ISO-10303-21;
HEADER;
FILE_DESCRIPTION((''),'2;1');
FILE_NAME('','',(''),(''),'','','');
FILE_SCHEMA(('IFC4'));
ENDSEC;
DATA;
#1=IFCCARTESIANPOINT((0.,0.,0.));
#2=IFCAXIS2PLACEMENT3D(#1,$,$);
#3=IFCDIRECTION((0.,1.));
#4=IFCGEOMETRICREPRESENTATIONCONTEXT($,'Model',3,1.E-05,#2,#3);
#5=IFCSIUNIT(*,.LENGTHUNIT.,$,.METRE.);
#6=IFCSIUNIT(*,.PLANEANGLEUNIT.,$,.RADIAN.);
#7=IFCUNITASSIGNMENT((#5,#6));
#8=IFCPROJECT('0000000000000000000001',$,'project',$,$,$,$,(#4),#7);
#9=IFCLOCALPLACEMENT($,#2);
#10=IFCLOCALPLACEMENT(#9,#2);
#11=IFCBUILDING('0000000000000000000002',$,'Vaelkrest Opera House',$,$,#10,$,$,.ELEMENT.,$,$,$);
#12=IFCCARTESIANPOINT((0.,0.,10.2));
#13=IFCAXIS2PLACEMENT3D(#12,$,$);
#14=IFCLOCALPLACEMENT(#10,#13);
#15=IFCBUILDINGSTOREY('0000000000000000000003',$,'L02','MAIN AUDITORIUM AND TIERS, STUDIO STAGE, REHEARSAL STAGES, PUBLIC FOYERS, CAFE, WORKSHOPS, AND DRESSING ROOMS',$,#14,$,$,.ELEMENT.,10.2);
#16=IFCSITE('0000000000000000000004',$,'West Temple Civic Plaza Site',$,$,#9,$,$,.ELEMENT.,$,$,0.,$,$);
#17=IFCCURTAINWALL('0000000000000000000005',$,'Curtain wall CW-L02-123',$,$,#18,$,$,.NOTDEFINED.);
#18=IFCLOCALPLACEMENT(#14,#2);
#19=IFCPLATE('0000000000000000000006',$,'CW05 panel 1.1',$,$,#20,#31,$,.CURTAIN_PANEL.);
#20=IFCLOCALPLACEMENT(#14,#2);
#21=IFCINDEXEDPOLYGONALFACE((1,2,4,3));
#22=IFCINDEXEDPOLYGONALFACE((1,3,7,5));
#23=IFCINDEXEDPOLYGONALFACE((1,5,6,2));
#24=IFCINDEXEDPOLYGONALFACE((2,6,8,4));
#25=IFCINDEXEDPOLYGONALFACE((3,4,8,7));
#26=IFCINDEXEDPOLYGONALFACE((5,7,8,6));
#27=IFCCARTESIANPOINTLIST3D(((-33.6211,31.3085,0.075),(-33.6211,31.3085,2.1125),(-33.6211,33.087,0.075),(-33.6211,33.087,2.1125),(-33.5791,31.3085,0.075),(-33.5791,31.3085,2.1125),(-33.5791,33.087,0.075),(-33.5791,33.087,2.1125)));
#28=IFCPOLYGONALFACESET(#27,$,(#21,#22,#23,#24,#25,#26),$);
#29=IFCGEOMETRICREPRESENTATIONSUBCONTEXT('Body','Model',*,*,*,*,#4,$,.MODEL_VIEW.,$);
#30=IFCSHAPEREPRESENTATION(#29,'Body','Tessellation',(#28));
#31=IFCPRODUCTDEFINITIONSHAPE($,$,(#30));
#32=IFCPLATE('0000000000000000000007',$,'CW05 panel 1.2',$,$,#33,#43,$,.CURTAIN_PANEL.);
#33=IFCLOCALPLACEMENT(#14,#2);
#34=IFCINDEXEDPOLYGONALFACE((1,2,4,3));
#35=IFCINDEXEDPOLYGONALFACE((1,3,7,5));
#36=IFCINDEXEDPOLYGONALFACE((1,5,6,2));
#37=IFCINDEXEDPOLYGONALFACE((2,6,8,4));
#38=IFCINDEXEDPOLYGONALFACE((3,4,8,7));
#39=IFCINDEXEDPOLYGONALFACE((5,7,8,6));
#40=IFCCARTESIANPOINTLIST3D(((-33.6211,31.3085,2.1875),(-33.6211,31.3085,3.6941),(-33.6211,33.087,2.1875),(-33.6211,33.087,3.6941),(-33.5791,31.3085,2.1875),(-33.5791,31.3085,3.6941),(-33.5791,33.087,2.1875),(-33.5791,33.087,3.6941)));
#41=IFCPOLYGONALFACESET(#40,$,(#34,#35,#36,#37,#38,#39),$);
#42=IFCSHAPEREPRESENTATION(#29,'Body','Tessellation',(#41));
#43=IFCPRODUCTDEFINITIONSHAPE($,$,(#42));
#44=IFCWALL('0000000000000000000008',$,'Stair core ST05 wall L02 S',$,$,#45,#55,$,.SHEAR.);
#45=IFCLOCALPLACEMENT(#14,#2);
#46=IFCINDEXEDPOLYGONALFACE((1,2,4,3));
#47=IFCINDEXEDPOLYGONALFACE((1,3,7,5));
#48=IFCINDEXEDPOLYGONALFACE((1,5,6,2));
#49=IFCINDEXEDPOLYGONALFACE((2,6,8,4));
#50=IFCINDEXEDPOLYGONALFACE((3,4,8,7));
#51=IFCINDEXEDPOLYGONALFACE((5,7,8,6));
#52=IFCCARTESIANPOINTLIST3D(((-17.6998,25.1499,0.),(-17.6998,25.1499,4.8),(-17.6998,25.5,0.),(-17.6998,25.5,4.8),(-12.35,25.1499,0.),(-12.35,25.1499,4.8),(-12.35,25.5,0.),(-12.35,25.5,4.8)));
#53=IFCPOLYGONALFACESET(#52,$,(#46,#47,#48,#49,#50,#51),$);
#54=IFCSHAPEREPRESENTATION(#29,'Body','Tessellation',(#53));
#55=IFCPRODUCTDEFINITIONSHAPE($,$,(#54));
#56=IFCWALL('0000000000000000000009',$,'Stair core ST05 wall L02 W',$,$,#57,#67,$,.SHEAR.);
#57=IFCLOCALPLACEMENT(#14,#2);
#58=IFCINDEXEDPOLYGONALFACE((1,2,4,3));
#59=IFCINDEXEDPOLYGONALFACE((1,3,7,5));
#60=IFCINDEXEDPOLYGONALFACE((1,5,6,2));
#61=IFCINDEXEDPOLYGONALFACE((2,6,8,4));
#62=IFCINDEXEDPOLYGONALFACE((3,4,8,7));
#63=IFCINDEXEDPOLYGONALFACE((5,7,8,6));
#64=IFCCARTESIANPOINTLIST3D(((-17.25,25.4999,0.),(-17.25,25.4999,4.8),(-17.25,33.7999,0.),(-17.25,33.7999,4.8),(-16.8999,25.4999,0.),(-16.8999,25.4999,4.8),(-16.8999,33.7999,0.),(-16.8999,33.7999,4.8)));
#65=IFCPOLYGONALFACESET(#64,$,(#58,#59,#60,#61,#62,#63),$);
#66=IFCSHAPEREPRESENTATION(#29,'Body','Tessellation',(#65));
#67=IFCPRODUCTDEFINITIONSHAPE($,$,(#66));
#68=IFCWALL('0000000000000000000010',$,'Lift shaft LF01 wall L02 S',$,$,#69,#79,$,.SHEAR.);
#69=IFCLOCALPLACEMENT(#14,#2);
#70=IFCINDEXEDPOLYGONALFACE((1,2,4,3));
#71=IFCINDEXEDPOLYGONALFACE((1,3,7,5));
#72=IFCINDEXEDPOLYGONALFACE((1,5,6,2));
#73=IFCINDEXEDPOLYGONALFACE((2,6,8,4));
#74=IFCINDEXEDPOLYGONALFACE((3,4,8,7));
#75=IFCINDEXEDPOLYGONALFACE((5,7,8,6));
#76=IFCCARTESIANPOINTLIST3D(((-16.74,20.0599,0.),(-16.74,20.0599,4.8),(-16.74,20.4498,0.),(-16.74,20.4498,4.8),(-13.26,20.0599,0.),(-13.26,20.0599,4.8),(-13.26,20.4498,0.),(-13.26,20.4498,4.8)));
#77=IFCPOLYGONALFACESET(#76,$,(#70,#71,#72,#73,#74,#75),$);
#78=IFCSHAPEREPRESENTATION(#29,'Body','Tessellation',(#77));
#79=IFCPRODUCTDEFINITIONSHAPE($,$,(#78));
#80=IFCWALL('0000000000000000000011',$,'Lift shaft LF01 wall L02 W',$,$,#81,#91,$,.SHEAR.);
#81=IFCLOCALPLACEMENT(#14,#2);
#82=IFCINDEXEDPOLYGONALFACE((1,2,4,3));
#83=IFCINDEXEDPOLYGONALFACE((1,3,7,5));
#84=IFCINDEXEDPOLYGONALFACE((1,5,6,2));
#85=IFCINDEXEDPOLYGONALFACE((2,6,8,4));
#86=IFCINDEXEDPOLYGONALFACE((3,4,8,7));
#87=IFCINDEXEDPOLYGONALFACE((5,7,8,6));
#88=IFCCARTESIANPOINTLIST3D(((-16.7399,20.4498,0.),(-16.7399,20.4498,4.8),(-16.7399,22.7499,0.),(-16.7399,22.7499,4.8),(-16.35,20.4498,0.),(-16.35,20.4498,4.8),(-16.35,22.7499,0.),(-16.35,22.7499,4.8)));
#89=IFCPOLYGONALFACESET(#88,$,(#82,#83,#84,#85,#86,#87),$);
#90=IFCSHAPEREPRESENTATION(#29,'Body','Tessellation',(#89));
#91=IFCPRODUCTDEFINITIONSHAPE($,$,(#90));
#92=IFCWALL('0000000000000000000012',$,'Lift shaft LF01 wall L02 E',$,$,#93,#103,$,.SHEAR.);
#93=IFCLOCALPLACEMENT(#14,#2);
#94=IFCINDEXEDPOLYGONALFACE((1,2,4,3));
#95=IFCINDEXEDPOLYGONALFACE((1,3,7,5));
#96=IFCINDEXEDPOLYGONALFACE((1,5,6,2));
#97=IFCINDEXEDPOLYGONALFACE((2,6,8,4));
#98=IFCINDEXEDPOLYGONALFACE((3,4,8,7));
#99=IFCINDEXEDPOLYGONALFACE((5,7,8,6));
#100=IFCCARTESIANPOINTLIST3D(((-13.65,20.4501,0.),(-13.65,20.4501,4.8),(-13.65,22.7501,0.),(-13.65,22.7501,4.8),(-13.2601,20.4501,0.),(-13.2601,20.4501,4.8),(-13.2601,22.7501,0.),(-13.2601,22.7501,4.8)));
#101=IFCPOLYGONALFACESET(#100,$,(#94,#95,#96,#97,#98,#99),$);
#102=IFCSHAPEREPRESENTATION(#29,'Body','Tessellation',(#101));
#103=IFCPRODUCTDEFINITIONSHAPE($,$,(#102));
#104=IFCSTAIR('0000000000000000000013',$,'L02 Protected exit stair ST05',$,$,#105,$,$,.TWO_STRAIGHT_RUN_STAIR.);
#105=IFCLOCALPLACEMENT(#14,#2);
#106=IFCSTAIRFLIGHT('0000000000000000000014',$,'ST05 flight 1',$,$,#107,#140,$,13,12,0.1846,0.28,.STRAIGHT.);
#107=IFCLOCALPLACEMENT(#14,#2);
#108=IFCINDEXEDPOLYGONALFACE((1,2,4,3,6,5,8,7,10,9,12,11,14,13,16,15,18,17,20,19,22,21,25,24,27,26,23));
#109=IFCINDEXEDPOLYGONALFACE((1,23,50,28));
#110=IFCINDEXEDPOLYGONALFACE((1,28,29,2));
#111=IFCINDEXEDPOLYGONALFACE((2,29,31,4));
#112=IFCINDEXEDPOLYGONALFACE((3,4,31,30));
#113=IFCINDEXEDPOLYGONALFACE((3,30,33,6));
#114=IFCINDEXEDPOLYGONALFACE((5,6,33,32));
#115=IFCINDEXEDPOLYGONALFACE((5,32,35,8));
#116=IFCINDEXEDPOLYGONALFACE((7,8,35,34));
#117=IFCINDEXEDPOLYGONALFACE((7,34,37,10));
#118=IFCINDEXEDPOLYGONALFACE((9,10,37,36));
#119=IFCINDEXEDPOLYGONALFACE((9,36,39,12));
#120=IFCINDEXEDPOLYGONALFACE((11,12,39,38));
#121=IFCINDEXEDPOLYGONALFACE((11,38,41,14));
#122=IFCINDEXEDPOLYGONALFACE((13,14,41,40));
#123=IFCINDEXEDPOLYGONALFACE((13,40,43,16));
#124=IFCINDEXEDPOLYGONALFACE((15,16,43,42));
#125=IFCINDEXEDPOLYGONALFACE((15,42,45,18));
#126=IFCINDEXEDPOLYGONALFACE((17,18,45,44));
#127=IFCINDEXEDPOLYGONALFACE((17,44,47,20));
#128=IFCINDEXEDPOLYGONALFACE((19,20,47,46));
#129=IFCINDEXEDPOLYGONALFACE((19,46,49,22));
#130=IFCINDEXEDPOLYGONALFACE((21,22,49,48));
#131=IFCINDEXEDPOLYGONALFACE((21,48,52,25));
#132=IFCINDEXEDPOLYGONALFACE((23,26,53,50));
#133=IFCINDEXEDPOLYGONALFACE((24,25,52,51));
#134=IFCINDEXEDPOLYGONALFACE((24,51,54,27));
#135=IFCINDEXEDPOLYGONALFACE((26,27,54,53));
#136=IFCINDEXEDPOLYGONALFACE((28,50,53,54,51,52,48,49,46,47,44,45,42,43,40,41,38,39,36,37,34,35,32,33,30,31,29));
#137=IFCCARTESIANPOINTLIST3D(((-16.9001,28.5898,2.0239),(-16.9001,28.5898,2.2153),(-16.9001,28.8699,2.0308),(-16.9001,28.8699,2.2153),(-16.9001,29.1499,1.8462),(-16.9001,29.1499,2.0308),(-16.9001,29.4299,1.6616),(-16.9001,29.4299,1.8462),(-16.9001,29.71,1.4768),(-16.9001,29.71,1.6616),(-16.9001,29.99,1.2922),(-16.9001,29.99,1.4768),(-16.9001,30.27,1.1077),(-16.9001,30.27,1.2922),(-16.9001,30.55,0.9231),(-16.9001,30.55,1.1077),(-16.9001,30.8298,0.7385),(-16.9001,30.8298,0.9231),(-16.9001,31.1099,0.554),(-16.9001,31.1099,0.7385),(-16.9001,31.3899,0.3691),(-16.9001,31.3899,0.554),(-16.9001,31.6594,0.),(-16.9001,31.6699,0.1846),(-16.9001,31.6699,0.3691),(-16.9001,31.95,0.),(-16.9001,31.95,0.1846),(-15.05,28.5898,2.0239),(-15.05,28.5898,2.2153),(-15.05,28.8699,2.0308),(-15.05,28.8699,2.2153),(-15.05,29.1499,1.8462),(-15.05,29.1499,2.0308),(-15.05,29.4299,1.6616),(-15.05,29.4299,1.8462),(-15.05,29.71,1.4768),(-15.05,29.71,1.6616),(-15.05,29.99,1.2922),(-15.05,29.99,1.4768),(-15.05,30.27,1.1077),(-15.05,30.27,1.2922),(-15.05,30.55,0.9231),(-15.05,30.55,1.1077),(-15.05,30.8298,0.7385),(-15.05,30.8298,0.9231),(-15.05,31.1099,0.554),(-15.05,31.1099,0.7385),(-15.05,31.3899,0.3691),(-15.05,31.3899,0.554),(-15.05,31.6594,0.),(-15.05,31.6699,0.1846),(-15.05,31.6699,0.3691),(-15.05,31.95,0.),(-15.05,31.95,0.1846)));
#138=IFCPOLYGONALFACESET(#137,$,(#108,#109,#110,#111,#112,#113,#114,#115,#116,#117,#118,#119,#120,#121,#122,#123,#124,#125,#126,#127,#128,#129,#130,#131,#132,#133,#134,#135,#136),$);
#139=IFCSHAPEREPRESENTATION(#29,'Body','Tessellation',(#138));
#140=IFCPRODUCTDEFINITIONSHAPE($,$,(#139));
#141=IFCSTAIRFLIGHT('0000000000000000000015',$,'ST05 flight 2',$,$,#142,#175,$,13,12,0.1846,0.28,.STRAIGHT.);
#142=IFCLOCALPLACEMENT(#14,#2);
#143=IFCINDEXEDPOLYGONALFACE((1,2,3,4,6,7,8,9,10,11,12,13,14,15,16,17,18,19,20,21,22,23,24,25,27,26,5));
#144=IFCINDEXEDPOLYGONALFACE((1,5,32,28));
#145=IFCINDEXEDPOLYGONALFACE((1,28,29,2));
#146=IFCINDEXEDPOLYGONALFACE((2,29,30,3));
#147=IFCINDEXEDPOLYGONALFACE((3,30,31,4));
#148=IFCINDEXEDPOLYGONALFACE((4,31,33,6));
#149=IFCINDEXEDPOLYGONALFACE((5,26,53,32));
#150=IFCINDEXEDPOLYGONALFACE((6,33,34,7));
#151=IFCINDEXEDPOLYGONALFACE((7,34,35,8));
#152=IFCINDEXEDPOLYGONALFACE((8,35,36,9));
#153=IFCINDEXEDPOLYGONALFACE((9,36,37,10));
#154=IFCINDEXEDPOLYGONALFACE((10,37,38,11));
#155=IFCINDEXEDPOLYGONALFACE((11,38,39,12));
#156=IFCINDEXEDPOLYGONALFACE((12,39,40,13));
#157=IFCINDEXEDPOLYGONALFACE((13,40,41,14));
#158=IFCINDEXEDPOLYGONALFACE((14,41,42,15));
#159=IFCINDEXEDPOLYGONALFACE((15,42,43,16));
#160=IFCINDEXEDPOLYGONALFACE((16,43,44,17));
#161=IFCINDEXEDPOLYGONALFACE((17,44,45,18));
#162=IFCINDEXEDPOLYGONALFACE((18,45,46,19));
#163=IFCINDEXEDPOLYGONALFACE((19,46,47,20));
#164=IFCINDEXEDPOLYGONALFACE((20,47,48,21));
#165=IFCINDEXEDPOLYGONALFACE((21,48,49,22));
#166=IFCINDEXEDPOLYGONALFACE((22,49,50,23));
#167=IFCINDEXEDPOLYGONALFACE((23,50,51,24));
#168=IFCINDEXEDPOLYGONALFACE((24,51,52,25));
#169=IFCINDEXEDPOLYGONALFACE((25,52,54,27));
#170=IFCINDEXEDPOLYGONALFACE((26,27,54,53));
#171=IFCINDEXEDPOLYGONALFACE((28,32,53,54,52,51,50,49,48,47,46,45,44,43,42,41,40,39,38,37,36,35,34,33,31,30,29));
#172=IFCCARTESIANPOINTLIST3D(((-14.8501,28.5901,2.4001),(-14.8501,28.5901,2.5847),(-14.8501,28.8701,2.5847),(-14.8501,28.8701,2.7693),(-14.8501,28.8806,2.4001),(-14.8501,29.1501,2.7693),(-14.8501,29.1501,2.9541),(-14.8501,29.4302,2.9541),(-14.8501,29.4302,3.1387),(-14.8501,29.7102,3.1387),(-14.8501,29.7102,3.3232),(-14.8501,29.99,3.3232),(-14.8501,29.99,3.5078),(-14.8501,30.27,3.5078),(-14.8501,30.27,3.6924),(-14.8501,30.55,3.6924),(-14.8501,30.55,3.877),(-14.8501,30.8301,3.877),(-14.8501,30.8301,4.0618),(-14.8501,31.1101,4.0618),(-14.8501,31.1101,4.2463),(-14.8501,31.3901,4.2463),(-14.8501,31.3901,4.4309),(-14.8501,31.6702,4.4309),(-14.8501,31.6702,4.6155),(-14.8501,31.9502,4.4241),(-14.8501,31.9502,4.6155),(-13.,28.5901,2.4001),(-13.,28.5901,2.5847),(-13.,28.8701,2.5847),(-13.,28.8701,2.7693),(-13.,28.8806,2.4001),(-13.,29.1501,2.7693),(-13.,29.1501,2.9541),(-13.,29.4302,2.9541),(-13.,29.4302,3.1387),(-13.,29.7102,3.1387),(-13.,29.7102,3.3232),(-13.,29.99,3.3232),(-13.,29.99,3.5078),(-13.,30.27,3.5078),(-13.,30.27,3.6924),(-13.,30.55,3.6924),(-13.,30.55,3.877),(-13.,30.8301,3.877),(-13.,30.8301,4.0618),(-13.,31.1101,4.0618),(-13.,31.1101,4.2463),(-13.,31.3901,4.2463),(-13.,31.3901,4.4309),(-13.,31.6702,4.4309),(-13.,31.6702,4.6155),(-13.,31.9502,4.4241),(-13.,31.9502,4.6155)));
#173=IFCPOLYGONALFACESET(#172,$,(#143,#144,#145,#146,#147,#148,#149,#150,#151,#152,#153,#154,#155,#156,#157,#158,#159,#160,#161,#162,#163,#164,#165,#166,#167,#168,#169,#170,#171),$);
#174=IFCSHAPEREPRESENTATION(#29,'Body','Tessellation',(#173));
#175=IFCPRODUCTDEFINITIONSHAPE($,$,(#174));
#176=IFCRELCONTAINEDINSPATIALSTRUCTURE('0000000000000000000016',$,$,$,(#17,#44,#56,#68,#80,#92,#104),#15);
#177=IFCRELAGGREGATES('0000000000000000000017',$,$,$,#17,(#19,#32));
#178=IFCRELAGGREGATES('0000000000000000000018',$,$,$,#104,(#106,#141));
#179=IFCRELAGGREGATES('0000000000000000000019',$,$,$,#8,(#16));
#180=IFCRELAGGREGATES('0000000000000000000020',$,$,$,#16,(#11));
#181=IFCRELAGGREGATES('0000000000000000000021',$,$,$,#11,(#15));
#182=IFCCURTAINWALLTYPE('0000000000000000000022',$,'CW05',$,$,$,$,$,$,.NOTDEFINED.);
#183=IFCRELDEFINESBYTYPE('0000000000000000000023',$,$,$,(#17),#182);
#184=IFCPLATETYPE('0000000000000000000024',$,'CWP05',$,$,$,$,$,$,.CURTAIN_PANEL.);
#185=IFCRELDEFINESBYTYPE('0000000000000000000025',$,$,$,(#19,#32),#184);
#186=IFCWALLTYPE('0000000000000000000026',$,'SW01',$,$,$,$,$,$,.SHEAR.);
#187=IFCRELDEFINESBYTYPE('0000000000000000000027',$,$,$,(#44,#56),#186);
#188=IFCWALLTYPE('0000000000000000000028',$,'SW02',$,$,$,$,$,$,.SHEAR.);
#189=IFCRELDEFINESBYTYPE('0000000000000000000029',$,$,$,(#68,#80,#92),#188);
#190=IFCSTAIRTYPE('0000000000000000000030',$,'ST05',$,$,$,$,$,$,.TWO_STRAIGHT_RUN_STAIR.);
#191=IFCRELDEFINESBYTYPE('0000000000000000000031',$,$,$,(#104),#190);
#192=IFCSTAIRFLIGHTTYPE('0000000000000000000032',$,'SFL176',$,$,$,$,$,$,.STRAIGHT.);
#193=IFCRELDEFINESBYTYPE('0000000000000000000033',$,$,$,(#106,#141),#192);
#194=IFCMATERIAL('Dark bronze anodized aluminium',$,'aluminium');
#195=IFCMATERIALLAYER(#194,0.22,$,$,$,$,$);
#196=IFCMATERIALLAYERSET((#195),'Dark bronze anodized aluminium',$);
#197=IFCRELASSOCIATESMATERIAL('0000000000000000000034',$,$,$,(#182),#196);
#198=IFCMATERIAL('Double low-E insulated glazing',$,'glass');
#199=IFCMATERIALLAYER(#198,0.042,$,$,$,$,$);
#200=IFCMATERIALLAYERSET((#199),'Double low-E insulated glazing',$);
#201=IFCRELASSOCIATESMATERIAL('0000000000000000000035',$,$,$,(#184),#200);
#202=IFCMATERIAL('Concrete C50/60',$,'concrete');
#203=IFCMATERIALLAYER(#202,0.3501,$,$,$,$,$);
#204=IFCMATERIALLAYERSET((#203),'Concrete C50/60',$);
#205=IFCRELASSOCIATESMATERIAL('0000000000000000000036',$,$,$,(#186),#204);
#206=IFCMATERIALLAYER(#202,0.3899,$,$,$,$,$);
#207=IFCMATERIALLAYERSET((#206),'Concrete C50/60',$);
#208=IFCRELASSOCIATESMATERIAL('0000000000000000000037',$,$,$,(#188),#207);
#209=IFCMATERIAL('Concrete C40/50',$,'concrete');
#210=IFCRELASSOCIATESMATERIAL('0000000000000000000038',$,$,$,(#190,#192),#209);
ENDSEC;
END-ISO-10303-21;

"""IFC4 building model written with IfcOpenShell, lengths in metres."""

from ifc_helpers import new_model, si_unit, direction, frame, frame_2d, origin, origin_2d, place, context, subcontext, project, spatial, polyline, rectangle, outline, extrude, material, layer, layer_set, type_object, element, aggregate, save


model = new_model("IFC4")

# Units and contexts
model_context = context("Model", 3, precision=1e-05, world=origin(), true_north=direction((0.0, 1.0)))
body_context = subcontext(model_context, "Body", "Model", "MODEL_VIEW")
ifc_project = project(units=[si_unit("LENGTHUNIT", "METRE"), si_unit("PLANEANGLEUNIT", "RADIAN")], contexts=[model_context])

# Site, building, storey
site_placement = place(None, origin())
site = spatial("IfcSite", under=ifc_project, at=site_placement, Name="West Temple Civic Plaza Site", CompositionType="ELEMENT", RefElevation=0.0)
building_placement = place(site_placement, origin())
building = spatial("IfcBuilding", under=site, at=building_placement, Name="Vaelkrest Opera House", CompositionType="ELEMENT")
storey_placement = place(building_placement, frame((0.0, 0.0, 10.2)))
storey = spatial("IfcBuildingStorey", under=building, at=storey_placement, Name="L02", Description="MAIN AUDITORIUM AND TIERS, STUDIO STAGE, REHEARSAL STAGES, PUBLIC FOYERS, CAFE, WORKSHOPS, AND DRESSING ROOMS", CompositionType="ELEMENT", Elevation=10.2)

# Shared definitions
ifc_material_1 = material(Name="Concrete C50/60", Category="concrete")

# Curtain wall, plates
ifc_material_2 = material(Name="Dark bronze anodized aluminium", Category="aluminium")
ifc_layer_1 = layer(ifc_material_2, 0.22)
ifc_layer_set_1 = layer_set([ifc_layer_1], Name="Dark bronze anodized aluminium")
curtain_wall_type = type_object("IfcCurtainWallType", Name="CW05", PredefinedType="NOTDEFINED", material=ifc_layer_set_1)
curtain_wall_placement = place(storey_placement, origin())
curtain_wall = element("IfcCurtainWall", 1, at=curtain_wall_placement, inside=storey, type_object=curtain_wall_type, Name="Curtain wall CW-L02-123", PredefinedType="NOTDEFINED")
ifc_material_3 = material(Name="Double low-E insulated glazing", Category="glass")
ifc_layer_2 = layer(ifc_material_3, 0.042)
ifc_layer_set_2 = layer_set([ifc_layer_2], Name="Double low-E insulated glazing")
plate_type = type_object("IfcPlateType", Name="CWP05", PredefinedType="CURTAIN_PANEL", material=ifc_layer_set_2)
plate_1_placement = place(storey_placement, frame((-33.6001, 32.1978, 0.075), z_axis=(0.0, 0.0, 1.0), x_axis=(0.0, -1.0, 0.0)))
plate_1 = element("IfcPlate", 2, at=plate_1_placement, type_object=plate_type, Name="CW05 panel 1.1", PredefinedType="CURTAIN_PANEL", context=body_context, shape_type="SweptSolid", body=[
    extrude(rectangle(XDim=1.7786, YDim=0.042, at=origin_2d()), origin(), (0.0, 0.0, 1.0), 2.0376),
])
plate_2_placement = place(storey_placement, frame((-33.6001, 32.1978, 2.1875), z_axis=(0.0, 0.0, 1.0), x_axis=(0.0, -1.0, 0.0)))
plate_2 = element("IfcPlate", 3, at=plate_2_placement, type_object=plate_type, Name="CW05 panel 1.2", PredefinedType="CURTAIN_PANEL", context=body_context, shape_type="SweptSolid", body=[
    extrude(rectangle(XDim=1.7786, YDim=0.042, at=origin_2d()), origin(), (0.0, 0.0, 1.0), 1.5066),
])
aggregate(curtain_wall, [plate_1, plate_2])

# Walls
ifc_layer_3 = layer(ifc_material_1, 0.3501)
ifc_layer_set_3 = layer_set([ifc_layer_3], Name="Concrete C50/60")
wall_type_1 = type_object("IfcWallType", Name="SW01", PredefinedType="SHEAR", material=ifc_layer_set_3)
wall_1_placement = place(storey_placement, frame((-12.3501, 25.325, 0.0), z_axis=(0.0, 0.0, 1.0), x_axis=(-1.0, 0.0, 0.0)))
element("IfcWall", 4, at=wall_1_placement, inside=storey, type_object=wall_type_1, Name="Stair core ST05 wall L02 S", PredefinedType="SHEAR", context=body_context, shape_type="SweptSolid", body=[
    extrude(rectangle(XDim=5.3499, YDim=0.3501, at=frame_2d((2.6748, 0.0))), origin(), (0.0, 0.0, 1.0), 4.8),
])
wall_2_placement = place(storey_placement, frame((-17.075, 25.5, 0.0), z_axis=(0.0, 0.0, 1.0), x_axis=(0.0, 1.0, 0.0)))
element("IfcWall", 5, at=wall_2_placement, inside=storey, type_object=wall_type_1, Name="Stair core ST05 wall L02 W", PredefinedType="SHEAR", context=body_context, shape_type="SweptSolid", body=[
    extrude(rectangle(XDim=8.3, YDim=0.3501, at=frame_2d((4.1499, 0.0))), origin(), (0.0, 0.0, 1.0), 4.8),
])
ifc_layer_4 = layer(ifc_material_1, 0.3899)
ifc_layer_set_4 = layer_set([ifc_layer_4], Name="Concrete C50/60")
wall_type_2 = type_object("IfcWallType", Name="SW02", PredefinedType="SHEAR", material=ifc_layer_set_4)
wall_3_placement = place(storey_placement, frame((-13.26, 20.2549, 0.0), z_axis=(0.0, 0.0, 1.0), x_axis=(-1.0, 0.0, 0.0)))
element("IfcWall", 6, at=wall_3_placement, inside=storey, type_object=wall_type_2, Name="Lift shaft LF01 wall L02 S", PredefinedType="SHEAR", context=body_context, shape_type="SweptSolid", body=[
    extrude(rectangle(XDim=3.48, YDim=0.3899, at=frame_2d((1.74, 0.0))), origin(), (0.0, 0.0, 1.0), 4.8),
])

# Walls
for number, where, z_axis, x_axis, name in (
    (7, (-16.5449, 20.45, 0.0), (0.0, 0.0, 1.0), (0.0, 1.0, 0.0), "Lift shaft LF01 wall L02 W"),
    (8, (-13.4551, 22.75, 0.0), (0.0, 0.0, 1.0), (0.0, -1.0, 0.0), "Lift shaft LF01 wall L02 E"),
):
    element("IfcWall", number, at=place(storey_placement, frame(where, z_axis=z_axis, x_axis=x_axis)), inside=storey, type_object=wall_type_2, Name=name, PredefinedType="SHEAR", context=body_context, shape_type="SweptSolid", body=[
        extrude(rectangle(XDim=2.3, YDim=0.3899, at=frame_2d((1.1499, 0.0))), origin(), (0.0, 0.0, 1.0), 4.8),
    ])

# Stair, stair flights
ifc_material_4 = material(Name="Concrete C40/50", Category="concrete")
stair_type = type_object("IfcStairType", Name="ST05", PredefinedType="TWO_STRAIGHT_RUN_STAIR", material=ifc_material_4)
stair_placement = place(storey_placement, origin())
stair = element("IfcStair", 9, at=stair_placement, inside=storey, type_object=stair_type, Name="L02 Protected exit stair ST05", PredefinedType="TWO_STRAIGHT_RUN_STAIR")
stair_flight_type = type_object("IfcStairFlightType", Name="SFL176", PredefinedType="STRAIGHT", material=ifc_material_4)
stair_flight_1_placement = place(storey_placement, frame((-15.9751, 31.95, 0.0), z_axis=(0.0, 0.0, 1.0), x_axis=(0.0, -1.0, 0.0)))
stair_flight_1 = element("IfcStairFlight", 10, at=stair_flight_1_placement, type_object=stair_flight_type, Name="ST05 flight 1", NumberOfRisers=13, NumberOfTreads=12, PredefinedType="STRAIGHT", RiserHeight=0.1846, TreadLength=0.28, context=body_context, shape_type="SweptSolid", body=[
    extrude(outline(polyline([(0.0, 0.0), (0.0, 0.1846), (0.28, 0.1846), (0.28, 0.3691), (0.5601, 0.3691), (0.5601, 0.554), (0.8401, 0.554), (0.8401, 0.7385), (1.1201, 0.7385), (1.1201, 0.9231), (1.3999, 0.9231), (1.3999, 1.1077), (1.6799, 1.1077), (1.6799, 1.2922), (1.96, 1.2922), (1.96, 1.4768), (2.24, 1.4768), (2.24, 1.6616), (2.52, 1.6616), (2.52, 1.8462), (2.8, 1.8462), (2.8, 2.0308), (3.0801, 2.0308), (3.0801, 2.2153), (3.3601, 2.2153), (3.3601, 2.3999), (3.3601, 2.0239), (0.2905, 0.0), (0.0, 0.0)])), frame((0.0, 0.925, 0.0), z_axis=(0.0, -1.0, 0.0), x_axis=(1.0, 0.0, 0.0)), (0.0, 0.0, 1.0), 1.8501),
])
stair_flight_2_placement = place(storey_placement, frame((-13.925, 28.5901, 2.4001), z_axis=(0.0, 0.0, 1.0), x_axis=(0.0, 1.0, 0.0)))
stair_flight_2 = element("IfcStairFlight", 11, at=stair_flight_2_placement, type_object=stair_flight_type, Name="ST05 flight 2", NumberOfRisers=13, NumberOfTreads=12, PredefinedType="STRAIGHT", RiserHeight=0.1846, TreadLength=0.28, context=body_context, shape_type="SweptSolid", body=[
    extrude(outline(polyline([(0.0, 0.0), (0.0, 0.1846), (0.28, 0.1846), (0.28, 0.3691), (0.5601, 0.3691), (0.5601, 0.554), (0.8401, 0.554), (0.8401, 0.7385), (1.1201, 0.7385), (1.1201, 0.9231), (1.3999, 0.9231), (1.3999, 1.1077), (1.6799, 1.1077), (1.6799, 1.2922), (1.96, 1.2922), (1.96, 1.4768), (2.24, 1.4768), (2.24, 1.6616), (2.52, 1.6616), (2.52, 1.8462), (2.8, 1.8462), (2.8, 2.0308), (3.0801, 2.0308), (3.0801, 2.2153), (3.3601, 2.2153), (3.3601, 2.3999), (3.3601, 2.0239), (0.2905, 0.0), (0.0, 0.0)])), frame((0.0, 0.925, 0.0), z_axis=(0.0, -1.0, 0.0), x_axis=(1.0, 0.0, 0.0)), (0.0, 0.0, 1.0), 1.8501),
])
aggregate(stair, [stair_flight_1, stair_flight_2])

save(model, "model.ifc")
